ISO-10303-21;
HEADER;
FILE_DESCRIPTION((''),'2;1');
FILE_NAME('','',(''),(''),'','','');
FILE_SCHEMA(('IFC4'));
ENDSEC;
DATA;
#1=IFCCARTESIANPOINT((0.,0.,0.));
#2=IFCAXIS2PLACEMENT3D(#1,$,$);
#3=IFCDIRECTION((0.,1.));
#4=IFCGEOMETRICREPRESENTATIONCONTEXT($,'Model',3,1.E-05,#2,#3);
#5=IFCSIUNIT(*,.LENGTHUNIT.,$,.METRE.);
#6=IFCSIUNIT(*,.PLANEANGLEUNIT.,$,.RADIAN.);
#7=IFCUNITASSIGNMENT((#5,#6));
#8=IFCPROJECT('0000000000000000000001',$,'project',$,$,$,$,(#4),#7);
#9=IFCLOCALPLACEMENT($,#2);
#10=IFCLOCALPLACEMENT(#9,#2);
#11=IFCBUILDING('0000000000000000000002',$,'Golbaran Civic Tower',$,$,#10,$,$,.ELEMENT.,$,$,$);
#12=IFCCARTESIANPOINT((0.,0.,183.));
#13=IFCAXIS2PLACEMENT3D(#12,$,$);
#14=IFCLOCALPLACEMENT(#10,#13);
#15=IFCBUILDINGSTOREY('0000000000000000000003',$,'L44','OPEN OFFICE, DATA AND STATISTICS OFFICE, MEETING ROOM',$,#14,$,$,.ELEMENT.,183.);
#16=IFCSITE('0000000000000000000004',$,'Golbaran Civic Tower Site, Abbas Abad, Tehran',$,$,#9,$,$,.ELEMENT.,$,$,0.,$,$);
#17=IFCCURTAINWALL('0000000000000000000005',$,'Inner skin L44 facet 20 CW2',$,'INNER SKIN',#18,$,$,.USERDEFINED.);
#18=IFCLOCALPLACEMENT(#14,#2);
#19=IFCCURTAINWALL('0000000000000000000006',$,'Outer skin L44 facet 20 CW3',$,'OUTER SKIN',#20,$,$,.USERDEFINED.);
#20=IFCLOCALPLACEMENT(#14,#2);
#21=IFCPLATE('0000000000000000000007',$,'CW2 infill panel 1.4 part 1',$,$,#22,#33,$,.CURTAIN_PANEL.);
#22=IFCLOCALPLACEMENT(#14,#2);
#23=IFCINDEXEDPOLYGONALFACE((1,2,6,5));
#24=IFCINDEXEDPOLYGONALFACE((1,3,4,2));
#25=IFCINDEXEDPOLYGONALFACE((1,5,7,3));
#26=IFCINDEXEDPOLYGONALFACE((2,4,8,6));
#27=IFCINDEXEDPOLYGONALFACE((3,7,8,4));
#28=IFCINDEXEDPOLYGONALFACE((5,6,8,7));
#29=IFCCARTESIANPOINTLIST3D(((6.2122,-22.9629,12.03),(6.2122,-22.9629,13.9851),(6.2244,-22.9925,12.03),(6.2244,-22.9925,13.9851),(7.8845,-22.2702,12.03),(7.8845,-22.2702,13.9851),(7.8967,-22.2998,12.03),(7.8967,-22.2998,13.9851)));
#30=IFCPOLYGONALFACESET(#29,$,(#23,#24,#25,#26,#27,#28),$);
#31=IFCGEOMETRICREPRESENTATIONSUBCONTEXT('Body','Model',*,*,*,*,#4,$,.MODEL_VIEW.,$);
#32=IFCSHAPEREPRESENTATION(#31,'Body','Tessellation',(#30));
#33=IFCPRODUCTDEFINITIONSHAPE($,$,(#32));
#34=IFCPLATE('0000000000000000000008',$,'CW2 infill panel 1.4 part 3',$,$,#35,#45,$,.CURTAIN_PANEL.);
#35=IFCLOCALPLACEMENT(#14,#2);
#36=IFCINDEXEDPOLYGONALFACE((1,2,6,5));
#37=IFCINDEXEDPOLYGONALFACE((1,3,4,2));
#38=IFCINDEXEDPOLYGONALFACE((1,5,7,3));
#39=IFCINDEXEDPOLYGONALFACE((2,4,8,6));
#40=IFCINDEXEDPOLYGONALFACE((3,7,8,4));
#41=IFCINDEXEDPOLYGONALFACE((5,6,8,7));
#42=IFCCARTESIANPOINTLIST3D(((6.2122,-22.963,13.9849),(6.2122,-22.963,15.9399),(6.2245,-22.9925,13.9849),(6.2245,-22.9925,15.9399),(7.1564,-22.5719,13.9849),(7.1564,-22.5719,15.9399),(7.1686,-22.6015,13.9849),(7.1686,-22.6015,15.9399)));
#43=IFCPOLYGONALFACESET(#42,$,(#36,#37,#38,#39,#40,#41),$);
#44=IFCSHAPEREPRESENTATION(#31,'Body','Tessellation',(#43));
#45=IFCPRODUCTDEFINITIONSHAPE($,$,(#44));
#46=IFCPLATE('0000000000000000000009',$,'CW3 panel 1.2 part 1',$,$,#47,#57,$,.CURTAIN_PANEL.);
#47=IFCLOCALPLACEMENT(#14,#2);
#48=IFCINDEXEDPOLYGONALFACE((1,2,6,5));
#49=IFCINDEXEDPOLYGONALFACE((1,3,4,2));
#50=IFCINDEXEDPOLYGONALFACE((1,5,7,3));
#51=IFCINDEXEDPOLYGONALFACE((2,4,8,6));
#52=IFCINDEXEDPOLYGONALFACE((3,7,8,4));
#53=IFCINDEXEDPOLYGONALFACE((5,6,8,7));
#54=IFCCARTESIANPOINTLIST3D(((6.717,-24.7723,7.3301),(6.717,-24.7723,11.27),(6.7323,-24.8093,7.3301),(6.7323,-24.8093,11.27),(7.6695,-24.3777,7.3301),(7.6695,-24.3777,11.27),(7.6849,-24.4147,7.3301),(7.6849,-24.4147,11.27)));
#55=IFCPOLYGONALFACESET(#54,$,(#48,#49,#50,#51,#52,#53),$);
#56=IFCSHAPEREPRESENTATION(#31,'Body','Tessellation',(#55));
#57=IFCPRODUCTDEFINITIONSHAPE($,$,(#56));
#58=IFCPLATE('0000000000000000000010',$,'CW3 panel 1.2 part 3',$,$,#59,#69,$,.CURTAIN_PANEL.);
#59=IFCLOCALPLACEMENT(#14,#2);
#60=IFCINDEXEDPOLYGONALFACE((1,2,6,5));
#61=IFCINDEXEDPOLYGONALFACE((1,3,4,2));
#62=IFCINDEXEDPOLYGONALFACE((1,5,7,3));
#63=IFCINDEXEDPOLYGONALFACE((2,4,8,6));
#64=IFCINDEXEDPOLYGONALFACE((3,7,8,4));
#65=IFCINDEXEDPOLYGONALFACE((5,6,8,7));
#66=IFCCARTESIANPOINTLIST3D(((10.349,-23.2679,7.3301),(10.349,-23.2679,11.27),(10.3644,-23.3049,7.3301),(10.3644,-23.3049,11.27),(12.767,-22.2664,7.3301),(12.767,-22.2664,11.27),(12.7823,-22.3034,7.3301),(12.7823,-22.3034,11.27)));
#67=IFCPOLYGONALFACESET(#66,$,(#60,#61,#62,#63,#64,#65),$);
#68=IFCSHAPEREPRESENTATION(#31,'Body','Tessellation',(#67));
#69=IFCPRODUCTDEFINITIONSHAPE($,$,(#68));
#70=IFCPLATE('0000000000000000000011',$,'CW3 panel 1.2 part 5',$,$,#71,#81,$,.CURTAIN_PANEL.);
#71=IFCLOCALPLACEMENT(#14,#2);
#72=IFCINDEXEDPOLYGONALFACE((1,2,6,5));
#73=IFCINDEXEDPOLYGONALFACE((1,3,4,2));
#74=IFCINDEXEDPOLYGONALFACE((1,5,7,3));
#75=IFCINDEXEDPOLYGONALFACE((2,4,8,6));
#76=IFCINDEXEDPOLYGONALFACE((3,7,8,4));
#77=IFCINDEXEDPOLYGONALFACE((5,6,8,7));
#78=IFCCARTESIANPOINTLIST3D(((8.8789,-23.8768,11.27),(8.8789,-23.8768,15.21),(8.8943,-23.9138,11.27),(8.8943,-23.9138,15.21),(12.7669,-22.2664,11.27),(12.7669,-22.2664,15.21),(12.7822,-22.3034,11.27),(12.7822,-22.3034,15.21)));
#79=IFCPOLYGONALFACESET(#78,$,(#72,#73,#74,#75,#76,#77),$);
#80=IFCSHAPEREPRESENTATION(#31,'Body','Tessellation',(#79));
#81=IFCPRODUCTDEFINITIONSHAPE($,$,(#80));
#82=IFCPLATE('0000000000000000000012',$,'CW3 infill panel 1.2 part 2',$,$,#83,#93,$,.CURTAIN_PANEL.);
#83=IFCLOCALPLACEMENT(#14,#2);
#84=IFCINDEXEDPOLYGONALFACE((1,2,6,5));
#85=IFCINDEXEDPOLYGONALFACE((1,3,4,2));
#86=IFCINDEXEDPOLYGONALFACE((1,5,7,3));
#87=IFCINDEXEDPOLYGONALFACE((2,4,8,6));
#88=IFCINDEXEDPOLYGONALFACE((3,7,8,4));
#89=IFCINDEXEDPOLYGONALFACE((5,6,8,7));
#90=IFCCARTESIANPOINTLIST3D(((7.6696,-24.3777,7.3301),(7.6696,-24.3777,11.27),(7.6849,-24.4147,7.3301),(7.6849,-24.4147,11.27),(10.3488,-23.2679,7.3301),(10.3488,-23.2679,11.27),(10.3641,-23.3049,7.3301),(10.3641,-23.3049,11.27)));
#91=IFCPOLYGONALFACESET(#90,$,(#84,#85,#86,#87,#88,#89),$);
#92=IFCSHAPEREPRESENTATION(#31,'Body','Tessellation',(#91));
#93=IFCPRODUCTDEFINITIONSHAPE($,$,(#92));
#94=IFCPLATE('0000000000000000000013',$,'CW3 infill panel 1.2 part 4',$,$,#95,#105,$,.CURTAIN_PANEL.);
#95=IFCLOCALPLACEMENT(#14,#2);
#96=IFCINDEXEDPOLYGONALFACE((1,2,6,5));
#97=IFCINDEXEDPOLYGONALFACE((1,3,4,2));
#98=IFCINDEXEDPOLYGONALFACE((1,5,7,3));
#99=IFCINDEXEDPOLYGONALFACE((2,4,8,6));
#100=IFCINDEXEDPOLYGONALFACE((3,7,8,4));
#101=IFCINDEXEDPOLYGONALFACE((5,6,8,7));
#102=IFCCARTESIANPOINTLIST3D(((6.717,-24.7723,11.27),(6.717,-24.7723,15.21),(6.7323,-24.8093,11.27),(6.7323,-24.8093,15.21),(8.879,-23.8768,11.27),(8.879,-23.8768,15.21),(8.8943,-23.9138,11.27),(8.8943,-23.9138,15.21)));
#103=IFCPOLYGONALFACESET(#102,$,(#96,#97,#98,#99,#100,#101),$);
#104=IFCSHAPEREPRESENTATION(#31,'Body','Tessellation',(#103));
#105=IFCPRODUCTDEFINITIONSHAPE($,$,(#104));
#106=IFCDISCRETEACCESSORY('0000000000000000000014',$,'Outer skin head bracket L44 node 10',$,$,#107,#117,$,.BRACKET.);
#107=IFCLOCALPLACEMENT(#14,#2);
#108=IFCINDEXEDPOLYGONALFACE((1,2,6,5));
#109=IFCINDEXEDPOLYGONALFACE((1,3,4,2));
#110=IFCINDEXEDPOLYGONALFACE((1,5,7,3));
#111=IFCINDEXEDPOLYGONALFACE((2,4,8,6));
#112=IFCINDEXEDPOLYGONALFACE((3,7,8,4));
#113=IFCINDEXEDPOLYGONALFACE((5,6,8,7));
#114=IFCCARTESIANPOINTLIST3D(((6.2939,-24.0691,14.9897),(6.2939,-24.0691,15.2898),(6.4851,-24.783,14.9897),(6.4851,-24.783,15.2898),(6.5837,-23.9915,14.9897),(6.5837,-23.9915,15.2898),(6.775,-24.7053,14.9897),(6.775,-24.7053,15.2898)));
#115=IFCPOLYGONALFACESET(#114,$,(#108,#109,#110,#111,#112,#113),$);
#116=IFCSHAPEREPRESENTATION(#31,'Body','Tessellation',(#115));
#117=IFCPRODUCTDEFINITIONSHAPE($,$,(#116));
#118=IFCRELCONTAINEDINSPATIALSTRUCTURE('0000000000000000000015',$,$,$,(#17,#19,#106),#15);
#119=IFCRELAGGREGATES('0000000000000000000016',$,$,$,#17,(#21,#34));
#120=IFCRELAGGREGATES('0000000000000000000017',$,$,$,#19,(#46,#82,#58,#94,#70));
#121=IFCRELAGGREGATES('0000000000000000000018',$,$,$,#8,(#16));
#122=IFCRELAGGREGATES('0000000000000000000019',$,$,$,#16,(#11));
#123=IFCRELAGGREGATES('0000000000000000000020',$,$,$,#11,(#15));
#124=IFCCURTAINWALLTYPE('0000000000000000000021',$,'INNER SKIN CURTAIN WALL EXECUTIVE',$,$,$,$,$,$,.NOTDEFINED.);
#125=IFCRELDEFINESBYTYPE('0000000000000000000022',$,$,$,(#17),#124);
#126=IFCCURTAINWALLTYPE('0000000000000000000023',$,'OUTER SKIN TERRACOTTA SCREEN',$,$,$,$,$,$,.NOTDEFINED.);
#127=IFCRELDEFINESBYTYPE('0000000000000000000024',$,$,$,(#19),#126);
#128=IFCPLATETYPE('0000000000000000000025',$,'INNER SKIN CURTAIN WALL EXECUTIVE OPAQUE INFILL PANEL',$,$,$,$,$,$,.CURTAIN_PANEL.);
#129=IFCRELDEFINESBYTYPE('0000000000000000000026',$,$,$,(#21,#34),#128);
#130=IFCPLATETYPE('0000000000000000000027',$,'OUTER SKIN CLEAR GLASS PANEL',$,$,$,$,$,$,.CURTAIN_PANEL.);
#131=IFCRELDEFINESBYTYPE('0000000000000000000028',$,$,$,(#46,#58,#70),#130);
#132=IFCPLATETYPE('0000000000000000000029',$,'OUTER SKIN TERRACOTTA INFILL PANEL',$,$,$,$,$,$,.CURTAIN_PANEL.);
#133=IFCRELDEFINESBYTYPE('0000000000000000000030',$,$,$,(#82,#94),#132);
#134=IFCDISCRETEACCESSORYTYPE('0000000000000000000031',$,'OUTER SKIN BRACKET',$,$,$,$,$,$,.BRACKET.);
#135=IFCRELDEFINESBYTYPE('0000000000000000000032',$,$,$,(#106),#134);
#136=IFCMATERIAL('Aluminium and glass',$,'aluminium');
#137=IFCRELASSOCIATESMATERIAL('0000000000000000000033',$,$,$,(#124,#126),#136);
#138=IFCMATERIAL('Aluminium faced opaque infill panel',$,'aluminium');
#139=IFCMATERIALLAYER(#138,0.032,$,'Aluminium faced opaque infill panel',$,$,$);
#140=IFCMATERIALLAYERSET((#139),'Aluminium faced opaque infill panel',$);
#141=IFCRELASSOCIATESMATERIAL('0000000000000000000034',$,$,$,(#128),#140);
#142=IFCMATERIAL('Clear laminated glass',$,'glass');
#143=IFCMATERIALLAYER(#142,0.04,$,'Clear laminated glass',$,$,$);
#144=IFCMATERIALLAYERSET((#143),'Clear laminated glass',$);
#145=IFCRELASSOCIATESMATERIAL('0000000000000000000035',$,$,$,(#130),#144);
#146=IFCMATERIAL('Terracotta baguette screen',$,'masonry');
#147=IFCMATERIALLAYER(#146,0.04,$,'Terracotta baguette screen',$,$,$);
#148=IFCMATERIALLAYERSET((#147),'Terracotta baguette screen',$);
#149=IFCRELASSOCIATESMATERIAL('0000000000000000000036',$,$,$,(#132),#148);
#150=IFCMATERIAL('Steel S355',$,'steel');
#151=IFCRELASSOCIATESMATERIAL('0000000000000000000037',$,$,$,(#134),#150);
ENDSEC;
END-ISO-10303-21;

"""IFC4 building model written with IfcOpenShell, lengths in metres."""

from ifc_helpers import new_model, si_unit, direction, frame, origin, origin_2d, place, context, subcontext, project, spatial, rectangle, extrude, material, layer, layer_set, type_object, element, aggregate, save


model = new_model("IFC4")

# Units and contexts
model_context = context("Model", 3, precision=1e-05, world=origin(), true_north=direction((0.0, 1.0)))
body_context = subcontext(model_context, "Body", "Model", "MODEL_VIEW")
ifc_project = project(units=[si_unit("LENGTHUNIT", "METRE"), si_unit("PLANEANGLEUNIT", "RADIAN")], contexts=[model_context])

# Site, building, storey
site_placement = place(None, origin())
site = spatial("IfcSite", under=ifc_project, at=site_placement, Name="Golbaran Civic Tower Site, Abbas Abad, Tehran", CompositionType="ELEMENT", RefElevation=0.0)
building_placement = place(site_placement, origin())
building = spatial("IfcBuilding", under=site, at=building_placement, Name="Golbaran Civic Tower", CompositionType="ELEMENT")
storey_placement = place(building_placement, frame((0.0, 0.0, 183.0)))
storey = spatial("IfcBuildingStorey", under=building, at=storey_placement, Name="L44", Description="OPEN OFFICE, DATA AND STATISTICS OFFICE, MEETING ROOM", CompositionType="ELEMENT", Elevation=183.0)

# Curtain walls
ifc_material_1 = material(Name="Aluminium and glass", Category="aluminium")
curtain_wall_type_1 = type_object("IfcCurtainWallType", Name="INNER SKIN CURTAIN WALL EXECUTIVE", PredefinedType="NOTDEFINED", material=ifc_material_1)
curtain_wall_1_placement = place(storey_placement, origin())
curtain_wall_1 = element("IfcCurtainWall", 1, at=curtain_wall_1_placement, inside=storey, type_object=curtain_wall_type_1, Name="Inner skin L44 facet 20 CW2", ObjectType="INNER SKIN", PredefinedType="USERDEFINED")
curtain_wall_type_2 = type_object("IfcCurtainWallType", Name="OUTER SKIN TERRACOTTA SCREEN", PredefinedType="NOTDEFINED", material=ifc_material_1)
curtain_wall_2_placement = place(storey_placement, origin())
curtain_wall_2 = element("IfcCurtainWall", 2, at=curtain_wall_2_placement, inside=storey, type_object=curtain_wall_type_2, Name="Outer skin L44 facet 20 CW3", ObjectType="OUTER SKIN", PredefinedType="USERDEFINED")

# Plates
ifc_material_2 = material(Name="Aluminium faced opaque infill panel", Category="aluminium")
ifc_layer_1 = layer(ifc_material_2, 0.032, Name="Aluminium faced opaque infill panel")
ifc_layer_set_1 = layer_set([ifc_layer_1], Name="Aluminium faced opaque infill panel")
plate_type_1 = type_object("IfcPlateType", Name="INNER SKIN CURTAIN WALL EXECUTIVE OPAQUE INFILL PANEL", PredefinedType="CURTAIN_PANEL", material=ifc_layer_set_1)
plate_1_placement = place(storey_placement, frame((7.0544, -22.6313, 12.03), z_axis=(0.0, 0.0, 1.0), x_axis=(0.92388, 0.382683, 0.0)))
plate_1 = element("IfcPlate", 3, at=plate_1_placement, type_object=plate_type_1, Name="CW2 infill panel 1.4 part 1", PredefinedType="CURTAIN_PANEL", context=body_context, shape_type="SweptSolid", body=[
    extrude(rectangle(XDim=1.8101, YDim=0.032, at=origin_2d()), origin(), (0.0, 0.0, 1.0), 1.9551),
])
plate_2_placement = place(storey_placement, frame((6.6904, -22.7822, 13.9849), z_axis=(0.0, 0.0, 1.0), x_axis=(0.92388, 0.382683, 0.0)))
plate_2 = element("IfcPlate", 4, at=plate_2_placement, type_object=plate_type_1, Name="CW2 infill panel 1.4 part 3", PredefinedType="CURTAIN_PANEL", context=body_context, shape_type="SweptSolid", body=[
    extrude(rectangle(XDim=1.022, YDim=0.032, at=origin_2d()), origin(), (0.0, 0.0, 1.0), 1.9551),
])
aggregate(curtain_wall_1, [plate_1, plate_2])
ifc_material_3 = material(Name="Clear laminated glass", Category="glass")
ifc_layer_2 = layer(ifc_material_3, 0.04, Name="Clear laminated glass")
ifc_layer_set_2 = layer_set([ifc_layer_2], Name="Clear laminated glass")
plate_type_2 = type_object("IfcPlateType", Name="OUTER SKIN CLEAR GLASS PANEL", PredefinedType="CURTAIN_PANEL", material=ifc_layer_set_2)
plate_3_placement = place(storey_placement, frame((7.2009, -24.5935, 7.3301), z_axis=(0.0, 0.0, 1.0), x_axis=(0.92388, 0.382683, 0.0)))
plate_3 = element("IfcPlate", 5, at=plate_3_placement, type_object=plate_type_2, Name="CW3 panel 1.2 part 1", PredefinedType="CURTAIN_PANEL", context=body_context, shape_type="SweptSolid", body=[
    extrude(rectangle(XDim=1.031, YDim=0.04, at=origin_2d()), origin(), (0.0, 0.0, 1.0), 3.9399),
])
plate_4_placement = place(storey_placement, frame((11.5657, -22.7856, 7.3301), z_axis=(0.0, 0.0, 1.0), x_axis=(0.92388, 0.382683, 0.0)))
plate_4 = element("IfcPlate", 6, at=plate_4_placement, type_object=plate_type_2, Name="CW3 panel 1.2 part 3", PredefinedType="CURTAIN_PANEL", context=body_context, shape_type="SweptSolid", body=[
    extrude(rectangle(XDim=2.6172, YDim=0.04, at=origin_2d()), origin(), (0.0, 0.0, 1.0), 3.9399),
])
plate_5_placement = place(storey_placement, frame((10.8306, -23.0901, 11.27), z_axis=(0.0, 0.0, 1.0), x_axis=(0.92388, 0.382683, 0.0)))
plate_5 = element("IfcPlate", 7, at=plate_5_placement, type_object=plate_type_2, Name="CW3 panel 1.2 part 5", PredefinedType="CURTAIN_PANEL", context=body_context, shape_type="SweptSolid", body=[
    extrude(rectangle(XDim=4.2083, YDim=0.04, at=origin_2d()), origin(), (0.0, 0.0, 1.0), 3.9399),
])
ifc_material_4 = material(Name="Terracotta baguette screen", Category="masonry")
ifc_layer_3 = layer(ifc_material_4, 0.04, Name="Terracotta baguette screen")
ifc_layer_set_3 = layer_set([ifc_layer_3], Name="Terracotta baguette screen")
plate_type_3 = type_object("IfcPlateType", Name="OUTER SKIN TERRACOTTA INFILL PANEL", PredefinedType="CURTAIN_PANEL", material=ifc_layer_set_3)
plate_6_placement = place(storey_placement, frame((9.0168, -23.8413, 7.3301), z_axis=(0.0, 0.0, 1.0), x_axis=(0.92388, 0.382683, 0.0)))
plate_6 = element("IfcPlate", 8, at=plate_6_placement, type_object=plate_type_3, Name="CW3 infill panel 1.2 part 2", PredefinedType="CURTAIN_PANEL", context=body_context, shape_type="SweptSolid", body=[
    extrude(rectangle(XDim=2.8999, YDim=0.04, at=origin_2d()), origin(), (0.0, 0.0, 1.0), 3.9399),
])
plate_7_placement = place(storey_placement, frame((7.8057, -24.343, 11.27), z_axis=(0.0, 0.0, 1.0), x_axis=(0.92388, 0.382683, 0.0)))
plate_7 = element("IfcPlate", 9, at=plate_7_placement, type_object=plate_type_3, Name="CW3 infill panel 1.2 part 4", PredefinedType="CURTAIN_PANEL", context=body_context, shape_type="SweptSolid", body=[
    extrude(rectangle(XDim=2.3401, YDim=0.04, at=origin_2d()), origin(), (0.0, 0.0, 1.0), 3.9399),
])
aggregate(curtain_wall_2, [plate_3, plate_6, plate_4, plate_7, plate_5])

# Discrete accessory
ifc_material_5 = material(Name="Steel S355", Category="steel")
discrete_accessory_type = type_object("IfcDiscreteAccessoryType", Name="OUTER SKIN BRACKET", PredefinedType="BRACKET", material=ifc_material_5)
discrete_accessory_placement = place(storey_placement, frame((6.5344, -24.3872, 14.9897), z_axis=(0.0, 0.0, 1.0), x_axis=(0.258819, -0.965926, 0.0)))
element("IfcDiscreteAccessory", 10, at=discrete_accessory_placement, inside=storey, type_object=discrete_accessory_type, Name="Outer skin head bracket L44 node 10", PredefinedType="BRACKET", context=body_context, shape_type="SweptSolid", body=[
    extrude(rectangle(XDim=0.739, YDim=0.3, at=origin_2d()), origin(), (0.0, 0.0, 1.0), 0.3),
])

save(model, "model.ifc")
